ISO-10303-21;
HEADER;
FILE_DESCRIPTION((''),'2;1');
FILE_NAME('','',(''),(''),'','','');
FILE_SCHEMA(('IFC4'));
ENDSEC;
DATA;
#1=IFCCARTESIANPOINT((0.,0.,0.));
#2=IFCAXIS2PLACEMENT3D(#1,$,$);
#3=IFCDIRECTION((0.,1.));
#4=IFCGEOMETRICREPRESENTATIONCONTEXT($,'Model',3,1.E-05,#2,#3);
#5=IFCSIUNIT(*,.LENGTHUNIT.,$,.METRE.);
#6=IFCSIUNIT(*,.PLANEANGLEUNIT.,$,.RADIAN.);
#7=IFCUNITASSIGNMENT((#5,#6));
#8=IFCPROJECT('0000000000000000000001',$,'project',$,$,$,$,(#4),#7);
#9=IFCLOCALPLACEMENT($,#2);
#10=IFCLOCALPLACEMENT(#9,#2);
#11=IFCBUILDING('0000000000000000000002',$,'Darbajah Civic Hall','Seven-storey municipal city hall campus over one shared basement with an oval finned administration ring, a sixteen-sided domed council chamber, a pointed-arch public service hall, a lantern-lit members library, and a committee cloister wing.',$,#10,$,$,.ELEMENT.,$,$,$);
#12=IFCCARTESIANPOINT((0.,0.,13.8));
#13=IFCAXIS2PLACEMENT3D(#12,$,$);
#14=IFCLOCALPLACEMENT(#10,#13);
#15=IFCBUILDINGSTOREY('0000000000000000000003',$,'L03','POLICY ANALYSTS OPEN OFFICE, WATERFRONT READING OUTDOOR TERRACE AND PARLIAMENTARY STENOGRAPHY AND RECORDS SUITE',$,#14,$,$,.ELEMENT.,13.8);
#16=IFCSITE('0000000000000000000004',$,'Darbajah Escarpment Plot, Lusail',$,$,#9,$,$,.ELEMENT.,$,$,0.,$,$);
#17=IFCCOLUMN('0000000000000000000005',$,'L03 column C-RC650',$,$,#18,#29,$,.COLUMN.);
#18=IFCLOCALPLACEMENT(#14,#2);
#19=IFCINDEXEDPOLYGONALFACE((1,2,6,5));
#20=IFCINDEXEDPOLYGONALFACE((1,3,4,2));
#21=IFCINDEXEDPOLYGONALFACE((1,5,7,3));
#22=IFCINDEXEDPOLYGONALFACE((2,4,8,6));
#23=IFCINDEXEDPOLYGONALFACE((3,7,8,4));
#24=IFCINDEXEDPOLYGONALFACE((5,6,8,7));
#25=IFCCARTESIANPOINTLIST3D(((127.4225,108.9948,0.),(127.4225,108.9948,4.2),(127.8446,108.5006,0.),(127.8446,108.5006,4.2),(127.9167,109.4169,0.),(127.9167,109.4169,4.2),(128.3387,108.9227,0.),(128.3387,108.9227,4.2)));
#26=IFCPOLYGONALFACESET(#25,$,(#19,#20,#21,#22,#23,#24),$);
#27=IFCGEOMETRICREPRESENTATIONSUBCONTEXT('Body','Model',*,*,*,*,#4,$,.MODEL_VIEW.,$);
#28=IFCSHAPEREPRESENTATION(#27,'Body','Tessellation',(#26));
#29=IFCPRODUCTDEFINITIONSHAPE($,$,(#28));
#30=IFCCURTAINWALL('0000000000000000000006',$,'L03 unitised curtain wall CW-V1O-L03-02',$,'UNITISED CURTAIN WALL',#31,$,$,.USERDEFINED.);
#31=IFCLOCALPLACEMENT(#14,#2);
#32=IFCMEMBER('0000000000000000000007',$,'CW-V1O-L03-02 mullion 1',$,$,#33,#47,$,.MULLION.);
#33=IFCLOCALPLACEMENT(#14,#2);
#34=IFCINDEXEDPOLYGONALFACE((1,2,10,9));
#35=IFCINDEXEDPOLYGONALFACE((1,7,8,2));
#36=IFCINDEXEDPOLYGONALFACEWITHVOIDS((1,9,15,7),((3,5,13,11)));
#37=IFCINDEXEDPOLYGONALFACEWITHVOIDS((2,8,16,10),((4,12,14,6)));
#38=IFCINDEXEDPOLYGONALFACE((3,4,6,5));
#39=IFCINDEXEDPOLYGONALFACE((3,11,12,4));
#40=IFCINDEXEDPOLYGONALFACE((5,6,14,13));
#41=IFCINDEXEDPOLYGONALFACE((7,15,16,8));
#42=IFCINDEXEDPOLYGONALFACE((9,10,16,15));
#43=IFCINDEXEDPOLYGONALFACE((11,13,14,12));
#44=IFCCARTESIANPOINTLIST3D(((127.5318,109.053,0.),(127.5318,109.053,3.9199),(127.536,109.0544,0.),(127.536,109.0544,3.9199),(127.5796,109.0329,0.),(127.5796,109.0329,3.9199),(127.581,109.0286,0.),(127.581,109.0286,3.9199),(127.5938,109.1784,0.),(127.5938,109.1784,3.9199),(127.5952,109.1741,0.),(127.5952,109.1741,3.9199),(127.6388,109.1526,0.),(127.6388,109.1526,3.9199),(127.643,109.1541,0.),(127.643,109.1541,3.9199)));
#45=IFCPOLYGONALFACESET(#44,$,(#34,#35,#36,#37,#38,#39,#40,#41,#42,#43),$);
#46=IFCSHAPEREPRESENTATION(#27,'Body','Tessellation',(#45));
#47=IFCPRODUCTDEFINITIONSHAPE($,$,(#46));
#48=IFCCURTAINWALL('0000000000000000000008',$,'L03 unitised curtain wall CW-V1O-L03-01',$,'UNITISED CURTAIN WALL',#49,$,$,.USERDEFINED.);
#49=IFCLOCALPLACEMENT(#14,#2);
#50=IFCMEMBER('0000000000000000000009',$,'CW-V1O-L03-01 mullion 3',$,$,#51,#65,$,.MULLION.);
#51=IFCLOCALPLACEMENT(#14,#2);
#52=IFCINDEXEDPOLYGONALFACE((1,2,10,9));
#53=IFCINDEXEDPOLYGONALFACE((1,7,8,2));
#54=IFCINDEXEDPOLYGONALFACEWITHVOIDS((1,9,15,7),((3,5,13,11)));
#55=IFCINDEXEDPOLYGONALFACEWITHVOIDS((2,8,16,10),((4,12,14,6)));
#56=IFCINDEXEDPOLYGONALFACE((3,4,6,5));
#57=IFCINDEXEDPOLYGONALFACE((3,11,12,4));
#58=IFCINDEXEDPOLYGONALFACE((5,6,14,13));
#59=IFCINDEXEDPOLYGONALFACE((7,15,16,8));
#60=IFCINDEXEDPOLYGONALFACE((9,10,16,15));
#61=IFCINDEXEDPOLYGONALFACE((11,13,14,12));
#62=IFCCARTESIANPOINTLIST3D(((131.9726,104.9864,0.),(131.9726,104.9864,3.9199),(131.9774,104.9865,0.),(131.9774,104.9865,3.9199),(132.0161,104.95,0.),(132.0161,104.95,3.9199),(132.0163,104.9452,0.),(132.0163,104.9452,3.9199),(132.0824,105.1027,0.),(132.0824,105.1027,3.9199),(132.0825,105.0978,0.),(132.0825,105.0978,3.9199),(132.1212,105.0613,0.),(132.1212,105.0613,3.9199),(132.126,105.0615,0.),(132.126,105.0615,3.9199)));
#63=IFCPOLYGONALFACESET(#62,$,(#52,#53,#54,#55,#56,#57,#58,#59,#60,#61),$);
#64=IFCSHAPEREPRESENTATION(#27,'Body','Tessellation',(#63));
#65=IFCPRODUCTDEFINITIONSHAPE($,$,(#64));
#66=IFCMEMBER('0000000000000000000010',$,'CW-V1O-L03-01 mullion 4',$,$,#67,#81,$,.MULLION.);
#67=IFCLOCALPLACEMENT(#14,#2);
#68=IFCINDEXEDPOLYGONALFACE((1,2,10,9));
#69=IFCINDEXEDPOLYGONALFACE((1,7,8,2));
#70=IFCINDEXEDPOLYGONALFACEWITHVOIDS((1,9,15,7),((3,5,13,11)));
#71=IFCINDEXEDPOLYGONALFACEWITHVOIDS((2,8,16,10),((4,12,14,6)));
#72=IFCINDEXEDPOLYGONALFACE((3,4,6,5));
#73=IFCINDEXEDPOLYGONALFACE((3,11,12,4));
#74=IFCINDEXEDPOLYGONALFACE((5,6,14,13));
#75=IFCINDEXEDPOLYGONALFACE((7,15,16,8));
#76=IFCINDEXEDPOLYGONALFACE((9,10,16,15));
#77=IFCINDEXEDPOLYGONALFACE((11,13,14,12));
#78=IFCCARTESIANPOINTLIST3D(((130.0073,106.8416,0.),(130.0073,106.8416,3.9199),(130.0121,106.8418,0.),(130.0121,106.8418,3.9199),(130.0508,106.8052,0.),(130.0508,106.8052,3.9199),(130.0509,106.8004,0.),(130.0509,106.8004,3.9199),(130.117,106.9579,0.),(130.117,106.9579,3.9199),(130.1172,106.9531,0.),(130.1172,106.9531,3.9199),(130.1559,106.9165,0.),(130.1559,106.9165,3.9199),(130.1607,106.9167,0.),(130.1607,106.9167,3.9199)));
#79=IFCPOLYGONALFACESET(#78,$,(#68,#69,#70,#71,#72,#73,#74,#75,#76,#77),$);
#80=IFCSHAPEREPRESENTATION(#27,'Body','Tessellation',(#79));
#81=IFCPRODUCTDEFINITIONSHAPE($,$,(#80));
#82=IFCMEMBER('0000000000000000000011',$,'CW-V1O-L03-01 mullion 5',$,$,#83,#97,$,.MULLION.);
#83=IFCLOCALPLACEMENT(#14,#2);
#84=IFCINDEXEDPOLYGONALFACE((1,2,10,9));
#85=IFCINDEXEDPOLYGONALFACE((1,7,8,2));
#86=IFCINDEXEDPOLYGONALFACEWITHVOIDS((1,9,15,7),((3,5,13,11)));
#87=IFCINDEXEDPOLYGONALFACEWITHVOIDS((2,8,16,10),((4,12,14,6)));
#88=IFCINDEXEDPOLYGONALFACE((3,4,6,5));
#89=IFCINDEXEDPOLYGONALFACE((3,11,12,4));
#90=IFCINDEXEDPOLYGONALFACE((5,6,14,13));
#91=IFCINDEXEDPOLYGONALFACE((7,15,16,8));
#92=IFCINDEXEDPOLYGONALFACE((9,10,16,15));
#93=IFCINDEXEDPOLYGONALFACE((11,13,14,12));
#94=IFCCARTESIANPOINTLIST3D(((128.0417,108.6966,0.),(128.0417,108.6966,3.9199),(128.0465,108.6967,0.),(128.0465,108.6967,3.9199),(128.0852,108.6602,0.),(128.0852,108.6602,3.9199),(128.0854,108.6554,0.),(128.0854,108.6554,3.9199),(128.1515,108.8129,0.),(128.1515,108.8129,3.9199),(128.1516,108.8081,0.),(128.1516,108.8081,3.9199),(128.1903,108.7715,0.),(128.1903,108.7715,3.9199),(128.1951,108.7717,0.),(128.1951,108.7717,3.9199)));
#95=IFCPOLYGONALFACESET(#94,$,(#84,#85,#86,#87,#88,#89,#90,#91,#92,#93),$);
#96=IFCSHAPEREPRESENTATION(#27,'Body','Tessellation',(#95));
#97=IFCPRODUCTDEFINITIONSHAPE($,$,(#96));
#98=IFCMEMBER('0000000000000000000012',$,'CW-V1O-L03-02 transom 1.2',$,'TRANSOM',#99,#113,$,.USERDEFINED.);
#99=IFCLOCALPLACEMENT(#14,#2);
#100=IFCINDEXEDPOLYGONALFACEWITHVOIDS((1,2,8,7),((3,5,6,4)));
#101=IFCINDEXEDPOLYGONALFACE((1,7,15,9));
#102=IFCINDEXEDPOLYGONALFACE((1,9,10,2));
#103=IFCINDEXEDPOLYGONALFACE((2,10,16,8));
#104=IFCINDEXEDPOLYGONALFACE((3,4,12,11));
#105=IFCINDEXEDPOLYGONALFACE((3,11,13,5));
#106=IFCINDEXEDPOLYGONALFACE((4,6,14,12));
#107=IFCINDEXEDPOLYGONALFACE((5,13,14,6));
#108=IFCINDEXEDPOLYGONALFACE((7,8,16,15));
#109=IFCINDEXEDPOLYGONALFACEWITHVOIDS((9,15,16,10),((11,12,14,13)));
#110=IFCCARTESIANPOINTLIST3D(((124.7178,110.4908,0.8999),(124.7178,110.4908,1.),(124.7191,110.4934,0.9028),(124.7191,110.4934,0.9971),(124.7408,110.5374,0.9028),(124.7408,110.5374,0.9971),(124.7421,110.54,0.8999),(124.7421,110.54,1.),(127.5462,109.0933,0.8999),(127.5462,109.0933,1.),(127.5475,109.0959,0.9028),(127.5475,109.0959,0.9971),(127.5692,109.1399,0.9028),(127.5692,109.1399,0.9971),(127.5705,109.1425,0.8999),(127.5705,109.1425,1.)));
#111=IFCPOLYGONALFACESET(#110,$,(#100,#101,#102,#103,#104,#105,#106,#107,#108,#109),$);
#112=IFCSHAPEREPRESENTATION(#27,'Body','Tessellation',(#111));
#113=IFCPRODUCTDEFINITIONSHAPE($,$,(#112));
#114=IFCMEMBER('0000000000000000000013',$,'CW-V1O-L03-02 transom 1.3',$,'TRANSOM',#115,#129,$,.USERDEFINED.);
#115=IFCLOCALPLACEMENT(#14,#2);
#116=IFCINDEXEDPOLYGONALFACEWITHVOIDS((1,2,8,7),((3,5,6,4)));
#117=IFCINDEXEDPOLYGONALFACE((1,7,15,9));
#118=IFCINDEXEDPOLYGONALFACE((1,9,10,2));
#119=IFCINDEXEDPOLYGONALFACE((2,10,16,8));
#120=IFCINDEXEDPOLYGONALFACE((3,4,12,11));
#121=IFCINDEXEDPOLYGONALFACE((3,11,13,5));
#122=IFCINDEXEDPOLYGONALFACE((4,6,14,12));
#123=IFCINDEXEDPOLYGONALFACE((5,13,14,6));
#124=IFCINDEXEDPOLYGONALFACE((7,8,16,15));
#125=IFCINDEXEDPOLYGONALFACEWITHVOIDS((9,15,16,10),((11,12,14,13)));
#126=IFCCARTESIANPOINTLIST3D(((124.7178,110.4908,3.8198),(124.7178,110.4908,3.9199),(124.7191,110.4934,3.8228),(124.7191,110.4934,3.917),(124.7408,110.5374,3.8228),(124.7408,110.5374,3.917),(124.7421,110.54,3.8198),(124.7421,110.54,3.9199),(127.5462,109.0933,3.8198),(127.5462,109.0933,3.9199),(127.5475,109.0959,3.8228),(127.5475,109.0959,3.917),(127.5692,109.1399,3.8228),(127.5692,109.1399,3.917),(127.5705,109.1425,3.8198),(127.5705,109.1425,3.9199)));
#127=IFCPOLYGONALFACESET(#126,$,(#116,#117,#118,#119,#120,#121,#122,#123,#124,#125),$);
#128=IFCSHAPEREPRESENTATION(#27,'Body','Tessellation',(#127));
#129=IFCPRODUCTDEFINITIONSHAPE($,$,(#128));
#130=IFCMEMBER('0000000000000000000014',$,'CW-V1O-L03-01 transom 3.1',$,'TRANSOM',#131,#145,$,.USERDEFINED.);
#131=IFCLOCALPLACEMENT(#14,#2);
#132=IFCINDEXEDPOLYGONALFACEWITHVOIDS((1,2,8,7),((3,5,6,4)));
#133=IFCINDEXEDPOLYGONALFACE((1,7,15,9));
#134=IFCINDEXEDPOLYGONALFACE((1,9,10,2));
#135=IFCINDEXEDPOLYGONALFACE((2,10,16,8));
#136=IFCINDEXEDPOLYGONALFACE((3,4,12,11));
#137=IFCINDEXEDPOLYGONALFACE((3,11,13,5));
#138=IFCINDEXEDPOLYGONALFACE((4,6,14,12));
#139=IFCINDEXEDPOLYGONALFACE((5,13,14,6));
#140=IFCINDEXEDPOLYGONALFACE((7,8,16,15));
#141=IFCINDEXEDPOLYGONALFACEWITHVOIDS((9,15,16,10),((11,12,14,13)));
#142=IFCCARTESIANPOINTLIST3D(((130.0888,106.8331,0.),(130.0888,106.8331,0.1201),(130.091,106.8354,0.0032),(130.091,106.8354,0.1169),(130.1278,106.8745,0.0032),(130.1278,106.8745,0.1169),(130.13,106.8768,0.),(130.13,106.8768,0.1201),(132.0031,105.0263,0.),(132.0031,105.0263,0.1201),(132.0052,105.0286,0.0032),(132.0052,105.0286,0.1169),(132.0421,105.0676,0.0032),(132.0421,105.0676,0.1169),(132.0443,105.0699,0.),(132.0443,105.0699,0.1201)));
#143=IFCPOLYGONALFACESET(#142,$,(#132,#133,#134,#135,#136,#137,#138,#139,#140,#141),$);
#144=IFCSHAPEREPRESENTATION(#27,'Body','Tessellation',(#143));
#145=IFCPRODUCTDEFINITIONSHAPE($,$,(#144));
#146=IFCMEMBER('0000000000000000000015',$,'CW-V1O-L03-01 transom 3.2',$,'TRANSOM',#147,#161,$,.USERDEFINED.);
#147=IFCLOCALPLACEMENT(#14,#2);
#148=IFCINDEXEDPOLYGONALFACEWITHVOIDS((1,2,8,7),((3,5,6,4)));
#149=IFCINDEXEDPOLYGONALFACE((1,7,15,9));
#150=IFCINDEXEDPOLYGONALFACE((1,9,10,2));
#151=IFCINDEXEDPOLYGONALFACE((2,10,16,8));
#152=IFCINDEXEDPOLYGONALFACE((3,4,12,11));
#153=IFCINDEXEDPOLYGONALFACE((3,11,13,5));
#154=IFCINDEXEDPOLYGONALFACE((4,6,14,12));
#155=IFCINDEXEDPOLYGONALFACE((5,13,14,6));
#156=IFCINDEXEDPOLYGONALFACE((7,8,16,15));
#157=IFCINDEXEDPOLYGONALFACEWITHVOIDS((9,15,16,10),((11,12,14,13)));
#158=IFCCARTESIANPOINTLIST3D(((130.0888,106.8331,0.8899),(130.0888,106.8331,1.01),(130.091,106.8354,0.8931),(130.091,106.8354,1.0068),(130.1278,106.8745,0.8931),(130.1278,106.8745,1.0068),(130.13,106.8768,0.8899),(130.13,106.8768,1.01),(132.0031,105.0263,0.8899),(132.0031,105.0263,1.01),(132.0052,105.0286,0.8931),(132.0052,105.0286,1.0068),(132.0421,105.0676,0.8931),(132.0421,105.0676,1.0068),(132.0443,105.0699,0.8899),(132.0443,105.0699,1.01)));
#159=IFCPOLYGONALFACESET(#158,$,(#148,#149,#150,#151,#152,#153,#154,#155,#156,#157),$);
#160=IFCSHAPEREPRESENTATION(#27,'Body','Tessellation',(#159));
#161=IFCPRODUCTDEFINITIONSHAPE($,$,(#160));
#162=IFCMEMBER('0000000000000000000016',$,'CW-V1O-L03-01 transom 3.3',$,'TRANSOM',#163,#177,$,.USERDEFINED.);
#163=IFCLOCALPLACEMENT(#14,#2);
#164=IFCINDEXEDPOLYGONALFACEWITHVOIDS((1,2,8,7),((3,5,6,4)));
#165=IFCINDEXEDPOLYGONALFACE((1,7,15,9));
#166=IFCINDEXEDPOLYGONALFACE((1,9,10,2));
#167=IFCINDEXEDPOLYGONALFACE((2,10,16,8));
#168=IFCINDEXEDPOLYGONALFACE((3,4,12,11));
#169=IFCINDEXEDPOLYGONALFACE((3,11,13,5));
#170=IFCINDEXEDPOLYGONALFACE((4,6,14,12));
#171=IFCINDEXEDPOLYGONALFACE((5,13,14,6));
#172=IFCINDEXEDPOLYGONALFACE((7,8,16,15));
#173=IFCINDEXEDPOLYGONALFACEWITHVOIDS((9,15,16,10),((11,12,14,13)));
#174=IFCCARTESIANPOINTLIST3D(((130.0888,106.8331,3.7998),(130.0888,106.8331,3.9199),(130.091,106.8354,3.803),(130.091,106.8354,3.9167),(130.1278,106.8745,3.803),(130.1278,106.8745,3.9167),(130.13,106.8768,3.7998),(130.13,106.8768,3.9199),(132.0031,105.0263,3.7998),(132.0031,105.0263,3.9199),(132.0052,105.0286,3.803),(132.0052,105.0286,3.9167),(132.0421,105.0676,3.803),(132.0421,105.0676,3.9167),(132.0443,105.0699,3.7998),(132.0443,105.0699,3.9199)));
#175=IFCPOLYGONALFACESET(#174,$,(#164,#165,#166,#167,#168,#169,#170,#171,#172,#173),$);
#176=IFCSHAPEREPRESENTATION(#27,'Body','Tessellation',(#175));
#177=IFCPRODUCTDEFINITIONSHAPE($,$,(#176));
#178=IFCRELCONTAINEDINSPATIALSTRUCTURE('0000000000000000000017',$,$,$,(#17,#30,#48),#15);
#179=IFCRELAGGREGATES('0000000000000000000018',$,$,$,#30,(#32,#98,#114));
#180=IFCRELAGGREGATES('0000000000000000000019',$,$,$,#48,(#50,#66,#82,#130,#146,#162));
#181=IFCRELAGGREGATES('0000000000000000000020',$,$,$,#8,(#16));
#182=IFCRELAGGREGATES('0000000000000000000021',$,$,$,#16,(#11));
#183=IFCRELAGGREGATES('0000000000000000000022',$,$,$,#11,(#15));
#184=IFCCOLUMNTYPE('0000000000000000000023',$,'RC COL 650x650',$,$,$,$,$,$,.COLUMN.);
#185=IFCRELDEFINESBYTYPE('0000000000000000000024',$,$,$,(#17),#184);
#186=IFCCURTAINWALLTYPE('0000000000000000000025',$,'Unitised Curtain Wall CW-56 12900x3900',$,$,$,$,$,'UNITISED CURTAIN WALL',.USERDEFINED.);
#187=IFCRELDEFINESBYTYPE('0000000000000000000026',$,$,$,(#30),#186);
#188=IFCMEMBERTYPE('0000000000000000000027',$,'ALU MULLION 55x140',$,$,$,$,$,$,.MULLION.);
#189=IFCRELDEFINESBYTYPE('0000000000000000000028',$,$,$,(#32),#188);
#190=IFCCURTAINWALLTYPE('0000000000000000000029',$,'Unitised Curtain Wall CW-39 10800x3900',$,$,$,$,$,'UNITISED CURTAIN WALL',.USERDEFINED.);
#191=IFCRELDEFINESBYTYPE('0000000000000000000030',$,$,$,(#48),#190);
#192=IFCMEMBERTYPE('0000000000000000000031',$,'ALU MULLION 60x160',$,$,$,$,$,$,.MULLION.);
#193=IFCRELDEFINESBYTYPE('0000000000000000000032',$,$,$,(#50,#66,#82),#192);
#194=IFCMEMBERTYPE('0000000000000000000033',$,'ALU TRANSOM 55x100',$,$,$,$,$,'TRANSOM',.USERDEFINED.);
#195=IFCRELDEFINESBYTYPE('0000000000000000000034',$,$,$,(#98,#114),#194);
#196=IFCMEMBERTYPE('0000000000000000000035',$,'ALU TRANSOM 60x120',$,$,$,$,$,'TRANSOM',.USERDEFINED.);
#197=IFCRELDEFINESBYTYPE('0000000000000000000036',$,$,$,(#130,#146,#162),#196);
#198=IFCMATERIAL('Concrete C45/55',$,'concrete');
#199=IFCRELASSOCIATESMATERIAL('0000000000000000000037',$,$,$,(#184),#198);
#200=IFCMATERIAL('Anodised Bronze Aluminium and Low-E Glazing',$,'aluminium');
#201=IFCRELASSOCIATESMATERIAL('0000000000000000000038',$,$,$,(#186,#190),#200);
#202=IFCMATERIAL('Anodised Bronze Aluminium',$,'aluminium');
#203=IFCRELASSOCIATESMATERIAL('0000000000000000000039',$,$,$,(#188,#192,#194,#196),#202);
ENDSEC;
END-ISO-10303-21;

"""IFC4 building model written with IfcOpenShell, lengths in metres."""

from ifc_helpers import new_model, si_unit, direction, frame, origin, origin_2d, place, context, subcontext, project, spatial, rectangle, hollow_rectangle, extrude, material, material_profile, profile_set, type_object, element, aggregate, save


model = new_model("IFC4")

# Units and contexts
model_context = context("Model", 3, precision=1e-05, world=origin(), true_north=direction((0.0, 1.0)))
body_context = subcontext(model_context, "Body", "Model", "MODEL_VIEW")
ifc_project = project(units=[si_unit("LENGTHUNIT", "METRE"), si_unit("PLANEANGLEUNIT", "RADIAN")], contexts=[model_context])

# Site, building, storey
site_placement = place(None, origin())
site = spatial("IfcSite", under=ifc_project, at=site_placement, Name="Darbajah Escarpment Plot, Lusail", CompositionType="ELEMENT", RefElevation=0.0)
building_placement = place(site_placement, origin())
building = spatial("IfcBuilding", under=site, at=building_placement, Name="Darbajah Civic Hall", Description="Seven-storey municipal city hall campus over one shared basement with an oval finned administration ring, a sixteen-sided domed council chamber, a pointed-arch public service hall, a lantern-lit members library, and a committee cloister wing.", CompositionType="ELEMENT")
storey_placement = place(building_placement, frame((0.0, 0.0, 13.8)))
storey = spatial("IfcBuildingStorey", under=building, at=storey_placement, Name="L03", Description="POLICY ANALYSTS OPEN OFFICE, WATERFRONT READING OUTDOOR TERRACE AND PARLIAMENTARY STENOGRAPHY AND RECORDS SUITE", CompositionType="ELEMENT", Elevation=13.8)

# Column
ifc_material_1 = material(Name="Concrete C45/55", Category="concrete")
ifc_material_profile_1 = material_profile(ifc_material_1, rectangle(XDim=0.6499, YDim=0.6499, at=origin_2d()), Name="RC COL 650x650")
ifc_profile_set_1 = profile_set([ifc_material_profile_1], Name="Concrete C45/55")
column_type = type_object("IfcColumnType", Name="RC COL 650x650", PredefinedType="COLUMN", material=ifc_profile_set_1)
column_placement = place(storey_placement, frame((127.8806, 108.9587, 0.0), z_axis=(0.0, 0.0, 1.0), x_axis=(0.760406, 0.649448, 0.0)))
element("IfcColumn", 1, at=column_placement, inside=storey, type_object=column_type, Name="L03 column C-RC650", PredefinedType="COLUMN", context=body_context, shape_type="SweptSolid", body=[
    extrude(rectangle(XDim=0.6499, YDim=0.6499, at=origin_2d()), origin(), (0.0, 0.0, 1.0), 4.2),
])

# Curtain wall, member
ifc_material_2 = material(Name="Anodised Bronze Aluminium and Low-E Glazing", Category="aluminium")
curtain_wall_type_1 = type_object("IfcCurtainWallType", Name="Unitised Curtain Wall CW-56 12900x3900", ElementType="UNITISED CURTAIN WALL", PredefinedType="USERDEFINED", material=ifc_material_2)
curtain_wall_1_placement = place(storey_placement, origin())
curtain_wall_1 = element("IfcCurtainWall", 2, at=curtain_wall_1_placement, inside=storey, type_object=curtain_wall_type_1, Name="L03 unitised curtain wall CW-V1O-L03-02", ObjectType="UNITISED CURTAIN WALL", PredefinedType="USERDEFINED")
ifc_material_3 = material(Name="Anodised Bronze Aluminium", Category="aluminium")
ifc_material_profile_2 = material_profile(ifc_material_3, hollow_rectangle(XDim=0.0549, YDim=0.1399, WallThickness=0.0032, at=origin_2d()), Name="ALU MULLION 55x140")
ifc_profile_set_2 = profile_set([ifc_material_profile_2], Name="Anodised Bronze Aluminium")
member_type_1 = type_object("IfcMemberType", Name="ALU MULLION 55x140", PredefinedType="MULLION", material=ifc_profile_set_2)
member_1_placement = place(storey_placement, frame((127.5874, 109.1035, 0.0), z_axis=(0.0, 0.0, 1.0), x_axis=(-0.896564, 0.442915, 0.0)))
member_1 = element("IfcMember", 3, at=member_1_placement, type_object=member_type_1, Name="CW-V1O-L03-02 mullion 1", PredefinedType="MULLION", context=body_context, shape_type="SweptSolid", body=[
    extrude(hollow_rectangle(XDim=0.0549, YDim=0.1399, WallThickness=0.0032, at=origin_2d()), origin(), (0.0, 0.0, 1.0), 3.9199),
])

# Curtain wall, members
curtain_wall_type_2 = type_object("IfcCurtainWallType", Name="Unitised Curtain Wall CW-39 10800x3900", ElementType="UNITISED CURTAIN WALL", PredefinedType="USERDEFINED", material=ifc_material_2)
curtain_wall_2_placement = place(storey_placement, origin())
curtain_wall_2 = element("IfcCurtainWall", 4, at=curtain_wall_2_placement, inside=storey, type_object=curtain_wall_type_2, Name="L03 unitised curtain wall CW-V1O-L03-01", ObjectType="UNITISED CURTAIN WALL", PredefinedType="USERDEFINED")
ifc_material_profile_3 = material_profile(ifc_material_3, hollow_rectangle(XDim=0.0601, YDim=0.1599, WallThickness=0.0034, at=origin_2d()), Name="ALU MULLION 60x160")
ifc_profile_set_3 = profile_set([ifc_material_profile_3], Name="Anodised Bronze Aluminium")
member_type_2 = type_object("IfcMemberType", Name="ALU MULLION 60x160", PredefinedType="MULLION", material=ifc_profile_set_3)
member_2_placement = place(storey_placement, frame((132.0493, 105.0239, 0.0), z_axis=(0.0, 0.0, 1.0), x_axis=(-0.727174, 0.686453, 0.0)))
member_2 = element("IfcMember", 5, at=member_2_placement, type_object=member_type_2, Name="CW-V1O-L03-01 mullion 3", PredefinedType="MULLION", context=body_context, shape_type="SweptSolid", body=[
    extrude(hollow_rectangle(XDim=0.0601, YDim=0.1599, WallThickness=0.0034, at=origin_2d()), origin(), (0.0, 0.0, 1.0), 3.9199),
])
member_3_placement = place(storey_placement, frame((130.084, 106.8792, 0.0), z_axis=(0.0, 0.0, 1.0), x_axis=(-0.727174, 0.686453, 0.0)))
member_3 = element("IfcMember", 6, at=member_3_placement, type_object=member_type_2, Name="CW-V1O-L03-01 mullion 4", PredefinedType="MULLION", context=body_context, shape_type="SweptSolid", body=[
    extrude(hollow_rectangle(XDim=0.0601, YDim=0.1599, WallThickness=0.0034, at=origin_2d()), origin(), (0.0, 0.0, 1.0), 3.9199),
])
member_4_placement = place(storey_placement, frame((128.1184, 108.7341, 0.0), z_axis=(0.0, 0.0, 1.0), x_axis=(-0.727174, 0.686453, 0.0)))
member_4 = element("IfcMember", 7, at=member_4_placement, type_object=member_type_2, Name="CW-V1O-L03-01 mullion 5", PredefinedType="MULLION", context=body_context, shape_type="SweptSolid", body=[
    extrude(hollow_rectangle(XDim=0.0601, YDim=0.1599, WallThickness=0.0034, at=origin_2d()), origin(), (0.0, 0.0, 1.0), 3.9199),
])

# Members
ifc_material_profile_4 = material_profile(ifc_material_3, hollow_rectangle(XDim=0.0549, YDim=0.1001, WallThickness=0.0029, at=origin_2d()), Name="ALU TRANSOM 55x100")
ifc_profile_set_4 = profile_set([ifc_material_profile_4], Name="Anodised Bronze Aluminium")
member_type_3 = type_object("IfcMemberType", Name="ALU TRANSOM 55x100", ElementType="TRANSOM", PredefinedType="USERDEFINED", material=ifc_profile_set_4)
member_5_placement = place(storey_placement, frame((127.5583, 109.1179, 0.95), z_axis=(-0.896538, 0.442968, 0.0), x_axis=(-0.442968, -0.896538, 0.0)))
member_5 = element("IfcMember", 8, at=member_5_placement, type_object=member_type_3, Name="CW-V1O-L03-02 transom 1.2", ObjectType="TRANSOM", PredefinedType="USERDEFINED", context=body_context, shape_type="SweptSolid", body=[
    extrude(hollow_rectangle(XDim=0.0549, YDim=0.1001, WallThickness=0.0029, at=origin_2d()), origin(), (0.0, 0.0, 1.0), 3.1548),
])
member_6_placement = place(storey_placement, frame((127.5583, 109.1179, 3.8699), z_axis=(-0.896538, 0.442968, 0.0), x_axis=(-0.442968, -0.896538, 0.0)))
member_6 = element("IfcMember", 9, at=member_6_placement, type_object=member_type_3, Name="CW-V1O-L03-02 transom 1.3", ObjectType="TRANSOM", PredefinedType="USERDEFINED", context=body_context, shape_type="SweptSolid", body=[
    extrude(hollow_rectangle(XDim=0.0549, YDim=0.1001, WallThickness=0.0029, at=origin_2d()), origin(), (0.0, 0.0, 1.0), 3.1548),
])
aggregate(curtain_wall_1, [member_1, member_5, member_6])
ifc_material_profile_5 = material_profile(ifc_material_3, hollow_rectangle(XDim=0.0601, YDim=0.1201, WallThickness=0.0032, at=origin_2d()), Name="ALU TRANSOM 60x120")
ifc_profile_set_5 = profile_set([ifc_material_profile_5], Name="Anodised Bronze Aluminium")
member_type_4 = type_object("IfcMemberType", Name="ALU TRANSOM 60x120", ElementType="TRANSOM", PredefinedType="USERDEFINED", material=ifc_profile_set_5)
member_7_placement = place(storey_placement, frame((132.0237, 105.0481, 0.0601), z_axis=(-0.727216, 0.686408, 0.0), x_axis=(-0.686408, -0.727216, 0.0)))
member_7 = element("IfcMember", 10, at=member_7_placement, type_object=member_type_4, Name="CW-V1O-L03-01 transom 3.1", ObjectType="TRANSOM", PredefinedType="USERDEFINED", context=body_context, shape_type="SweptSolid", body=[
    extrude(hollow_rectangle(XDim=0.0601, YDim=0.1201, WallThickness=0.0032, at=origin_2d()), origin(), (0.0, 0.0, 1.0), 2.6323),
])
member_8_placement = place(storey_placement, frame((132.0237, 105.0481, 0.95), z_axis=(-0.727216, 0.686408, 0.0), x_axis=(-0.686408, -0.727216, 0.0)))
member_8 = element("IfcMember", 11, at=member_8_placement, type_object=member_type_4, Name="CW-V1O-L03-01 transom 3.2", ObjectType="TRANSOM", PredefinedType="USERDEFINED", context=body_context, shape_type="SweptSolid", body=[
    extrude(hollow_rectangle(XDim=0.0601, YDim=0.1201, WallThickness=0.0032, at=origin_2d()), origin(), (0.0, 0.0, 1.0), 2.6323),
])
member_9_placement = place(storey_placement, frame((132.0237, 105.0481, 3.8599), z_axis=(-0.727216, 0.686408, 0.0), x_axis=(-0.686408, -0.727216, 0.0)))
member_9 = element("IfcMember", 12, at=member_9_placement, type_object=member_type_4, Name="CW-V1O-L03-01 transom 3.3", ObjectType="TRANSOM", PredefinedType="USERDEFINED", context=body_context, shape_type="SweptSolid", body=[
    extrude(hollow_rectangle(XDim=0.0601, YDim=0.1201, WallThickness=0.0032, at=origin_2d()), origin(), (0.0, 0.0, 1.0), 2.6323),
])

aggregate(curtain_wall_2, [member_2, member_3, member_4, member_7, member_8, member_9])

save(model, "model.ifc")
